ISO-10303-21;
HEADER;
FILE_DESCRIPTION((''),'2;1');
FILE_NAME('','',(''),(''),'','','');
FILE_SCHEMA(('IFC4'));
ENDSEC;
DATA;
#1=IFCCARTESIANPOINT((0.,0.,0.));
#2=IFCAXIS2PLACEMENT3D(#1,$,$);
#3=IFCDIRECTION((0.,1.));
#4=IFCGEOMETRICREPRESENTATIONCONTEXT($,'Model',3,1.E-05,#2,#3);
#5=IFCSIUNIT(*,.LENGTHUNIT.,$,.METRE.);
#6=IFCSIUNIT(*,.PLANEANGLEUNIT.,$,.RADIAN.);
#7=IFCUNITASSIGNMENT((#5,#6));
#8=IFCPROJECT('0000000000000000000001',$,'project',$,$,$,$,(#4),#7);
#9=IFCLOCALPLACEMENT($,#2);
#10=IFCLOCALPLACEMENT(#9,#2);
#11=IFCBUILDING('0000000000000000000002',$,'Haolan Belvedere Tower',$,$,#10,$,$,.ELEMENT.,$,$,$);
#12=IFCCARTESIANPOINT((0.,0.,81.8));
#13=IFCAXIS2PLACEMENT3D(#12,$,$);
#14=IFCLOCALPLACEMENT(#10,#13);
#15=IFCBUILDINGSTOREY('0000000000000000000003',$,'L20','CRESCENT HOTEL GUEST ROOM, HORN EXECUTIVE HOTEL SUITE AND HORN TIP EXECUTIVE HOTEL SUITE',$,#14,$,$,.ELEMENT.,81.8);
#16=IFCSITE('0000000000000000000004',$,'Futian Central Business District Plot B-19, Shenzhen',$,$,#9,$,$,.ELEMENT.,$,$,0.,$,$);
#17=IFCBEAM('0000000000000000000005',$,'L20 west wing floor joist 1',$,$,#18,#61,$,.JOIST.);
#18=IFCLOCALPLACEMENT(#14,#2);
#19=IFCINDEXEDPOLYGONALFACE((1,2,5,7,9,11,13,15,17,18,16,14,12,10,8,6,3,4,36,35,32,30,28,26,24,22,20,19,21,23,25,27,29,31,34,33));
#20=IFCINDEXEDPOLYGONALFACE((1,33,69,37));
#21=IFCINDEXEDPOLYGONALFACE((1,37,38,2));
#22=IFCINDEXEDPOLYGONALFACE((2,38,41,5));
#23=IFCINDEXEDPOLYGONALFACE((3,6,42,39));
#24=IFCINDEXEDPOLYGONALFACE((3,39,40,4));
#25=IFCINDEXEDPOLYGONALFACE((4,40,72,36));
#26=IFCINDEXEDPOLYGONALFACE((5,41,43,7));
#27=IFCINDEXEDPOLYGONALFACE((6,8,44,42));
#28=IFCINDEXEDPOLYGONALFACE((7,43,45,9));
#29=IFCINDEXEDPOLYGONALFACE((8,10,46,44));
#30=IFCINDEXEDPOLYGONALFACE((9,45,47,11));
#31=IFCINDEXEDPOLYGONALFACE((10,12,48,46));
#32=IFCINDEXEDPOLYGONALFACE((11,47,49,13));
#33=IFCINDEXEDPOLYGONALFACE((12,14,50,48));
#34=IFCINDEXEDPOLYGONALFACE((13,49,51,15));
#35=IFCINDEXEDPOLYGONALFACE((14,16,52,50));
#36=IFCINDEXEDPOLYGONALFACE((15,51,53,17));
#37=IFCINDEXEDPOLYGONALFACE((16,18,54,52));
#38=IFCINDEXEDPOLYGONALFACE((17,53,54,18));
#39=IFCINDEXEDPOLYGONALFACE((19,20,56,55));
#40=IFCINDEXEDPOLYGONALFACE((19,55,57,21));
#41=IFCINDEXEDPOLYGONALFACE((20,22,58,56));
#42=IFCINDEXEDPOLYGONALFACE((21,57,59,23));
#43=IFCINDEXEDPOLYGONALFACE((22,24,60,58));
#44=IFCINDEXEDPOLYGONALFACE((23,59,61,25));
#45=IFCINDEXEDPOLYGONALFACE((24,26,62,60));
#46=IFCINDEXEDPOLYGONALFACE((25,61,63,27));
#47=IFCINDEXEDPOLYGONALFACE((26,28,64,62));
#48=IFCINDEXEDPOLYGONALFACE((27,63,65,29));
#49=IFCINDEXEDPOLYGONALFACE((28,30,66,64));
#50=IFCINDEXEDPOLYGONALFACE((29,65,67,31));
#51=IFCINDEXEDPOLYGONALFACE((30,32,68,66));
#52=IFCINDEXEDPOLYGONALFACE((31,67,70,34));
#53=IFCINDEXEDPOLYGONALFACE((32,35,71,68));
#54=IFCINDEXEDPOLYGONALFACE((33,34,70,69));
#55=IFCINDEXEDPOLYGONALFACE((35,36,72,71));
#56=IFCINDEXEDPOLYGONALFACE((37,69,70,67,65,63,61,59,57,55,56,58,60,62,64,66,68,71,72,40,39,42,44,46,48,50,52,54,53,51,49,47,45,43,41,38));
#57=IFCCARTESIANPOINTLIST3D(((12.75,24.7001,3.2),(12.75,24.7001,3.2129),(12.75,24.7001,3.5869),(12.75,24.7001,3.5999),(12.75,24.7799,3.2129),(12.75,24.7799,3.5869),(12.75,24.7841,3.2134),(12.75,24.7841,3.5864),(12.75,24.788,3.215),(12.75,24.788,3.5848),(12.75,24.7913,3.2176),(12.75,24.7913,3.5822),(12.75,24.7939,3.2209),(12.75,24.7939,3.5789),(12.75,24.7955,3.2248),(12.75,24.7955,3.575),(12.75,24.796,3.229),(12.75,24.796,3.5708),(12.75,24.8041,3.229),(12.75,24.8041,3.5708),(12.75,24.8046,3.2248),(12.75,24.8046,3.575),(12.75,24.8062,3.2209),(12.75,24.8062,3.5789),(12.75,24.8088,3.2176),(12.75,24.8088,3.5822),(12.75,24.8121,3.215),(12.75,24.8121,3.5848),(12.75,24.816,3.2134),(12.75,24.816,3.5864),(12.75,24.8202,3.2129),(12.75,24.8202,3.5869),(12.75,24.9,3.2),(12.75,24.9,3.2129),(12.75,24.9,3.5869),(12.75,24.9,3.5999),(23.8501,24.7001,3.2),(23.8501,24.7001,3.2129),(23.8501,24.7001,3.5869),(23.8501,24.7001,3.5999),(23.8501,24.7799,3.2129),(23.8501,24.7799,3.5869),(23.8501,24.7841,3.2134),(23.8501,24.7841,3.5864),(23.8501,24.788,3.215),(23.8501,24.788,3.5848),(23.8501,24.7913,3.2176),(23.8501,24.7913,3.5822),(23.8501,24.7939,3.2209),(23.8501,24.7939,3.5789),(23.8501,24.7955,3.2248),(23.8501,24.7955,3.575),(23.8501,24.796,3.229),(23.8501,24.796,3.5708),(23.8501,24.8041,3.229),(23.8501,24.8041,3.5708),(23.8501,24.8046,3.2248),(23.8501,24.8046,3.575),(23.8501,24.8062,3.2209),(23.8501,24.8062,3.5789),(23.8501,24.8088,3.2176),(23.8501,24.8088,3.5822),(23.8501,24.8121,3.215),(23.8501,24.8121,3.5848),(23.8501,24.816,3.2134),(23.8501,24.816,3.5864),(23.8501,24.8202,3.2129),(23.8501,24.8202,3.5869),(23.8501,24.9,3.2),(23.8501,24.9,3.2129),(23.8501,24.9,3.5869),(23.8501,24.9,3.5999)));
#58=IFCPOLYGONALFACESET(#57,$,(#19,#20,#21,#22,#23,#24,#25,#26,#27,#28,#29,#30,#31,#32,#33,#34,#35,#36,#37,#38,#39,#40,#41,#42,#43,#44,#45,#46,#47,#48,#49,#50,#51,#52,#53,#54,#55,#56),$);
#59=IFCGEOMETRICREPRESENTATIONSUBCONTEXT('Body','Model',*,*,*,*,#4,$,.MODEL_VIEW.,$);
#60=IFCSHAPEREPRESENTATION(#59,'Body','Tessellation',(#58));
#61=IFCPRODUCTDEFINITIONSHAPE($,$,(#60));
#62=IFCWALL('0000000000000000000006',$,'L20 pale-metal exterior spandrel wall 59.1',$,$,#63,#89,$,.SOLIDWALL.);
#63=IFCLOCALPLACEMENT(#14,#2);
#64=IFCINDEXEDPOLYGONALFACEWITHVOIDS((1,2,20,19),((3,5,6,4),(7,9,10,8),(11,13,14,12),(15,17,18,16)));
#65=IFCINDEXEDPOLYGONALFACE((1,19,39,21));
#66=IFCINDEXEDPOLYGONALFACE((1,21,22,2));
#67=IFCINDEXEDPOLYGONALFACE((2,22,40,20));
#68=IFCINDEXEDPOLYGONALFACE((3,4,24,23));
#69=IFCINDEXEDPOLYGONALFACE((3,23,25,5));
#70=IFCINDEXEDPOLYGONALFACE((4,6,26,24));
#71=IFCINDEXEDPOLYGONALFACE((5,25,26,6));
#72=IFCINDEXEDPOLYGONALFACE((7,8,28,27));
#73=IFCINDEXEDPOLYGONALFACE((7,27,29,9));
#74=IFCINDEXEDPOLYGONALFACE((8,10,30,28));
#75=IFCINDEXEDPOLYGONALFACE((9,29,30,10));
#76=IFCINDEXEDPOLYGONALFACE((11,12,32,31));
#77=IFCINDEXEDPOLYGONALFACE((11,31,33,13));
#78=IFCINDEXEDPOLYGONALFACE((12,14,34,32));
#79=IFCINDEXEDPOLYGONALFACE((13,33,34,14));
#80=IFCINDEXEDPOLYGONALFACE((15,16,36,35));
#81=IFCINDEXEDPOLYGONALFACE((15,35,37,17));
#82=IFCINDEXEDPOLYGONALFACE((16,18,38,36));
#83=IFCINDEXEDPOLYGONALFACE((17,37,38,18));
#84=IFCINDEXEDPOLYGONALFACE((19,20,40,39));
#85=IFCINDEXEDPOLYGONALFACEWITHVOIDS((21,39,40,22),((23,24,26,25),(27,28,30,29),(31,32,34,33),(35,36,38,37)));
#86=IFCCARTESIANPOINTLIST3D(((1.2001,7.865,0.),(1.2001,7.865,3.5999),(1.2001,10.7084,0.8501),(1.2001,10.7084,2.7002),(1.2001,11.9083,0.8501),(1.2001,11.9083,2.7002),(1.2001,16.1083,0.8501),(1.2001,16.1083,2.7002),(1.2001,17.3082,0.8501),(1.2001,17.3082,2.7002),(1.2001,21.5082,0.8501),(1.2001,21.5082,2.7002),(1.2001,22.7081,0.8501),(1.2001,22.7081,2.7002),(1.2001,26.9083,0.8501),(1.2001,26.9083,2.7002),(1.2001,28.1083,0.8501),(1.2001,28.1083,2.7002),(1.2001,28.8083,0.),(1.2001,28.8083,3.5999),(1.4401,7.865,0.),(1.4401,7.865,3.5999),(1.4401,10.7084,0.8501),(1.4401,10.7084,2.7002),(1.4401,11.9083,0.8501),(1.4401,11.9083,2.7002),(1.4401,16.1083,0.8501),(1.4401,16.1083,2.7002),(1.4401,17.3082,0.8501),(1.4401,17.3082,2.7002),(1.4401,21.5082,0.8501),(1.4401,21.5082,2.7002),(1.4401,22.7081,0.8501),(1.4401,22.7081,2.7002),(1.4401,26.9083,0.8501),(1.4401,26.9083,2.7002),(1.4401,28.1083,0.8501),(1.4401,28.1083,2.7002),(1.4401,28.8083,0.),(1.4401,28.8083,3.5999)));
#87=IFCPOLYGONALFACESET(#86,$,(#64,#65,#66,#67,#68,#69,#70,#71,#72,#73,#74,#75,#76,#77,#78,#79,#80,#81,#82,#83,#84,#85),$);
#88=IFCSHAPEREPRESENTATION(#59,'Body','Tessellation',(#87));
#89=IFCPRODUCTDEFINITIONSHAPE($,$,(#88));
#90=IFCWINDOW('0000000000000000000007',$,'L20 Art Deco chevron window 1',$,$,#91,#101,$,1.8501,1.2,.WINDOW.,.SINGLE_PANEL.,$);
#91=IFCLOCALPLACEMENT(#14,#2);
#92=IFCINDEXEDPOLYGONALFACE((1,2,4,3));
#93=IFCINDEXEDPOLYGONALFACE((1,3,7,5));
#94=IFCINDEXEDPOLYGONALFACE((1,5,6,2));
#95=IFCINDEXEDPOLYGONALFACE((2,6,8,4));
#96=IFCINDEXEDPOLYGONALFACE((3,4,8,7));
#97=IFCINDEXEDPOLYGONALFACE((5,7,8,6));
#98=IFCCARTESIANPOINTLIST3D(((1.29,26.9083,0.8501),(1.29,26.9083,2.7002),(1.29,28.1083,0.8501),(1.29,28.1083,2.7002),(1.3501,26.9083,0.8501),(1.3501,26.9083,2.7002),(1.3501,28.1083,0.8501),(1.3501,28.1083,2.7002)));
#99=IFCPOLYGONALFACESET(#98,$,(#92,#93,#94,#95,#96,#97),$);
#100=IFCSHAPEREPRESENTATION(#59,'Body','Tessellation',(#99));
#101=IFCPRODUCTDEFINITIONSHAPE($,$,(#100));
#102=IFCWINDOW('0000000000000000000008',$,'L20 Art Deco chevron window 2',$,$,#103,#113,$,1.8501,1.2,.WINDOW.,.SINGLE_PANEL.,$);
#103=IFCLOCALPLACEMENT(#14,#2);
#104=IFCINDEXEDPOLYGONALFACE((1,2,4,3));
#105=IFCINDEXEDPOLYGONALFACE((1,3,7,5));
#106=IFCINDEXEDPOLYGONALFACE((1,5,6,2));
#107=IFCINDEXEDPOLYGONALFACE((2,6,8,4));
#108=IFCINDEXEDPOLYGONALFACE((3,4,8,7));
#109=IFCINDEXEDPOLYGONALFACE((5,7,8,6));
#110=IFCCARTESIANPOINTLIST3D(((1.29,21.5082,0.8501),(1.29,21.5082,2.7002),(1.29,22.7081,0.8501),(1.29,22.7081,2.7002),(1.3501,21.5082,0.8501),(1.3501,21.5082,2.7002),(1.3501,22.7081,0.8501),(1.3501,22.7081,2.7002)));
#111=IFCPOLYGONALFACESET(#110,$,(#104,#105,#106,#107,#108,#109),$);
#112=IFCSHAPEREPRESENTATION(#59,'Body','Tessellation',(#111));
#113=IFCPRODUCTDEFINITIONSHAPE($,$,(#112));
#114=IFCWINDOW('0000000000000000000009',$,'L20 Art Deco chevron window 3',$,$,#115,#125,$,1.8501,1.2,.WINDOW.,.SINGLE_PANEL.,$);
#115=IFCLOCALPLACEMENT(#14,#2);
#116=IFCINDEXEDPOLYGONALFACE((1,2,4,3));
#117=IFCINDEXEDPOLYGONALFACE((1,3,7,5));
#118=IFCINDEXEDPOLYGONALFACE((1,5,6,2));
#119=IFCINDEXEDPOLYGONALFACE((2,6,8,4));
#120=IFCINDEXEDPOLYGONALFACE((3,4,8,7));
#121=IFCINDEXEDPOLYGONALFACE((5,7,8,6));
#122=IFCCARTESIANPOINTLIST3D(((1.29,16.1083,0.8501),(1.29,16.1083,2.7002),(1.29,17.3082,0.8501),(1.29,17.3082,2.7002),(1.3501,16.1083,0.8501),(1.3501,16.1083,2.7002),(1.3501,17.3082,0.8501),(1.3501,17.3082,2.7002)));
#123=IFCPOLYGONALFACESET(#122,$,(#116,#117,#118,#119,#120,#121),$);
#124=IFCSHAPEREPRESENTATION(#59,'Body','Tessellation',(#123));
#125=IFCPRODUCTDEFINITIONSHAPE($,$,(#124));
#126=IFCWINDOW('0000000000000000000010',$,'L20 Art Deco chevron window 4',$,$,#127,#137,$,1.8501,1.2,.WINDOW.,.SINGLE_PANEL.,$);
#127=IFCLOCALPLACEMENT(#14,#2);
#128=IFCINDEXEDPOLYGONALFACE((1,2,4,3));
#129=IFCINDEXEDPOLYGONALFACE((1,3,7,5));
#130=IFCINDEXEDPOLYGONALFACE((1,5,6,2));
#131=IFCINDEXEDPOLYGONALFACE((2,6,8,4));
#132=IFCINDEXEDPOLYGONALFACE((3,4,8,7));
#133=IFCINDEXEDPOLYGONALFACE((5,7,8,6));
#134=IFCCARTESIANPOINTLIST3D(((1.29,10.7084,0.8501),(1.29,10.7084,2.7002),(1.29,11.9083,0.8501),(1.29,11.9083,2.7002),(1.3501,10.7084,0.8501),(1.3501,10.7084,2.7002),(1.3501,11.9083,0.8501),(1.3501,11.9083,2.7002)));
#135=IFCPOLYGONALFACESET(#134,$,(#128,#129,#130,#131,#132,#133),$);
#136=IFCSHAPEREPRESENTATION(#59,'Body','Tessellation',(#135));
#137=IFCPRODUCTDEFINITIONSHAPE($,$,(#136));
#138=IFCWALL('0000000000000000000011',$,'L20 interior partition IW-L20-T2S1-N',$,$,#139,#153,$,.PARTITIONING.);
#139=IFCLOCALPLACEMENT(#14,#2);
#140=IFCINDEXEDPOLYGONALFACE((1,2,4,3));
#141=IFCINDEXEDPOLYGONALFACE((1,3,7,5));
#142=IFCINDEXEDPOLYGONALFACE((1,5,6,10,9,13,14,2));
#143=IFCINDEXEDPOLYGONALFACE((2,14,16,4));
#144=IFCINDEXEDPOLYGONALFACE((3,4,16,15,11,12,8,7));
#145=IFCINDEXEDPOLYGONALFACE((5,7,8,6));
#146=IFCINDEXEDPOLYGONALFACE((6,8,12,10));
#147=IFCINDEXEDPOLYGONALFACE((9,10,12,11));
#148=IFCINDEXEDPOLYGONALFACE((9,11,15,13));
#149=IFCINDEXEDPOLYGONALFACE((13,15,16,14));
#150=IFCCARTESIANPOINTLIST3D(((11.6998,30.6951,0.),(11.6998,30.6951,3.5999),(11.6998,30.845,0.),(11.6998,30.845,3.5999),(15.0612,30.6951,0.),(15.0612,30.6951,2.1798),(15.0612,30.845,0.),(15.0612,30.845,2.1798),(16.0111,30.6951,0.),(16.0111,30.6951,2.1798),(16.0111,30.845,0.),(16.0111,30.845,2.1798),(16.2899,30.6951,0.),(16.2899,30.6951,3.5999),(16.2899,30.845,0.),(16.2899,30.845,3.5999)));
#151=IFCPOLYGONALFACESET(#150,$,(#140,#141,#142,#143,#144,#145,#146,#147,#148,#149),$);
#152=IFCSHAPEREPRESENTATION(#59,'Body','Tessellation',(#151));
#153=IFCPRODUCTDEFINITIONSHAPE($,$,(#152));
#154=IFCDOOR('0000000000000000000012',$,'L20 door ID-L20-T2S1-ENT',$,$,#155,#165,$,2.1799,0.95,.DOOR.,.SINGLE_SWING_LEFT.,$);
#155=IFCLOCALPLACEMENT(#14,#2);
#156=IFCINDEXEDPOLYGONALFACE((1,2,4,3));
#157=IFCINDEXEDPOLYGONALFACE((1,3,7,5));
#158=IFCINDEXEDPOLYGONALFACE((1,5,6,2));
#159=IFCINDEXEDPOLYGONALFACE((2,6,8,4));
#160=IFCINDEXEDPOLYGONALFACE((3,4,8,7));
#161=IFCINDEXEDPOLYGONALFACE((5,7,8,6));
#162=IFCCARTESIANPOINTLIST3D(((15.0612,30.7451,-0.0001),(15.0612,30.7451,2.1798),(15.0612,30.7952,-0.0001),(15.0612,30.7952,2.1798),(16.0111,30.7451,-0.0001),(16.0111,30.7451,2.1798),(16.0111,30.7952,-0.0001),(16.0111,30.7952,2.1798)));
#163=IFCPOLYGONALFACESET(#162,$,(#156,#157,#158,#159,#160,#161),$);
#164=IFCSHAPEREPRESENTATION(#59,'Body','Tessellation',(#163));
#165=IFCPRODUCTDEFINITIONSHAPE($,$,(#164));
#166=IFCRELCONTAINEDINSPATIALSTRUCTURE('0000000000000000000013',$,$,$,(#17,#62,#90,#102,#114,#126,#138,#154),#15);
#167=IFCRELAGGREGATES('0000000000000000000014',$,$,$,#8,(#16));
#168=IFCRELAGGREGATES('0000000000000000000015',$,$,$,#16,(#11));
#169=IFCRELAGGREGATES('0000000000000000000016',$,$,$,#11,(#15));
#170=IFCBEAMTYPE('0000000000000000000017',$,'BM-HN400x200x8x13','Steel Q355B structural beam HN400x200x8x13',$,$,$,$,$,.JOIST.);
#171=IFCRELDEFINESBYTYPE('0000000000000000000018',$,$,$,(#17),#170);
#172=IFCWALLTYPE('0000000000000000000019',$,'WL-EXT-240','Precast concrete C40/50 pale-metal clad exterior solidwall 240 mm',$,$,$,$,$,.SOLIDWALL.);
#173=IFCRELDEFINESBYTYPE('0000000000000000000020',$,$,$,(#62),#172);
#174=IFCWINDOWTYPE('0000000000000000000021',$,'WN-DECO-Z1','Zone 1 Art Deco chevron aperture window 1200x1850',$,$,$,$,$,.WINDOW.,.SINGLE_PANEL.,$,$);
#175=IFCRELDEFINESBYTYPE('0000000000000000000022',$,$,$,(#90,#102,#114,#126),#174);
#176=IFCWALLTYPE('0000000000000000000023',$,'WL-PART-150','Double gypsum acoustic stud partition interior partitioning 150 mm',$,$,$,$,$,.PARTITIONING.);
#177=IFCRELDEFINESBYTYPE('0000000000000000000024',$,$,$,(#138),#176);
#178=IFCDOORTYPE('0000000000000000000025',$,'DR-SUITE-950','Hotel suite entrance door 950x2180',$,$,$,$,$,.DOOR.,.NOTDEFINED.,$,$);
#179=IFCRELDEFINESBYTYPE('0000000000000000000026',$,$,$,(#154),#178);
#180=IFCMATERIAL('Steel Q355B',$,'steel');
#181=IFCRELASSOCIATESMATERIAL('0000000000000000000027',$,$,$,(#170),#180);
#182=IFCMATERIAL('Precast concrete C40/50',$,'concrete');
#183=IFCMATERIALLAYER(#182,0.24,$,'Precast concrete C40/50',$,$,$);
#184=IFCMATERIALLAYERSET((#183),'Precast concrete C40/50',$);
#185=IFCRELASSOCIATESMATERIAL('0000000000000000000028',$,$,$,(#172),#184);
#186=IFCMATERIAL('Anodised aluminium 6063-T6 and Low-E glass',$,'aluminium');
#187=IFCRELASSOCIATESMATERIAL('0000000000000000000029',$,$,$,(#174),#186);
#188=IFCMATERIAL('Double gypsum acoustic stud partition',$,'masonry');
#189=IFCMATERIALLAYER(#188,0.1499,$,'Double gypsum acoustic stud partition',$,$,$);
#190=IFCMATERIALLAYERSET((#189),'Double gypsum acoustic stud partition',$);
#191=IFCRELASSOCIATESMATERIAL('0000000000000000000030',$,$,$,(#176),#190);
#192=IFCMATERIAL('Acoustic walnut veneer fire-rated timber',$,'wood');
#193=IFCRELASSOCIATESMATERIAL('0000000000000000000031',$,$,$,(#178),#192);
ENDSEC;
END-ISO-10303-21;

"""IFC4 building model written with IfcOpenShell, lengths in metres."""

from ifc_helpers import new_model, si_unit, direction, frame, frame_2d, origin, origin_2d, place, context, subcontext, project, spatial, rectangle, i_section, extrude, material, layer, layer_set, material_profile, profile_set, type_object, element, fill, save


model = new_model("IFC4")

# Units and contexts
model_context = context("Model", 3, precision=1e-05, world=origin(), true_north=direction((0.0, 1.0)))
body_context = subcontext(model_context, "Body", "Model", "MODEL_VIEW")
ifc_project = project(units=[si_unit("LENGTHUNIT", "METRE"), si_unit("PLANEANGLEUNIT", "RADIAN")], contexts=[model_context])

# Site, building, storey
site_placement = place(None, origin())
site = spatial("IfcSite", under=ifc_project, at=site_placement, Name="Futian Central Business District Plot B-19, Shenzhen", CompositionType="ELEMENT", RefElevation=0.0)
building_placement = place(site_placement, origin())
building = spatial("IfcBuilding", under=site, at=building_placement, Name="Haolan Belvedere Tower", CompositionType="ELEMENT")
storey_placement = place(building_placement, frame((0.0, 0.0, 81.8)))
storey = spatial("IfcBuildingStorey", under=building, at=storey_placement, Name="L20", Description="CRESCENT HOTEL GUEST ROOM, HORN EXECUTIVE HOTEL SUITE AND HORN TIP EXECUTIVE HOTEL SUITE", CompositionType="ELEMENT", Elevation=81.8)

# Shared definitions
ifc_material_1 = material(Name="Steel Q355B", Category="steel")

# Beam
ifc_material_profile_1 = material_profile(ifc_material_1, i_section(OverallWidth=0.2, OverallDepth=0.3999, WebThickness=0.0081, FlangeThickness=0.0129, FilletRadius=0.0161, at=origin_2d()), Name="Steel Q355B")
ifc_profile_set_1 = profile_set([ifc_material_profile_1], Name="Steel Q355B")
beam_type_1 = type_object("IfcBeamType", Name="BM-HN400x200x8x13", Description="Steel Q355B structural beam HN400x200x8x13", PredefinedType="JOIST", material=ifc_profile_set_1)
beam_1_placement = place(storey_placement, frame((12.75, 24.8, 3.3999), z_axis=(1.0, 0.0, 0.0), x_axis=(0.0, 1.0, 0.0)))
element("IfcBeam", 1, at=beam_1_placement, inside=storey, type_object=beam_type_1, Name="L20 west wing floor joist 1", PredefinedType="JOIST", context=body_context, shape_type="SweptSolid", body=[
    extrude(i_section(OverallWidth=0.2, OverallDepth=0.3999, WebThickness=0.0081, FlangeThickness=0.0129, FilletRadius=0.0161, at=origin_2d()), origin(), (0.0, 0.0, 1.0), 11.1001),
])

# Wall, openings, windows
ifc_material_2 = material(Name="Precast concrete C40/50", Category="concrete")
ifc_layer_1 = layer(ifc_material_2, 0.24, Name="Precast concrete C40/50")
ifc_layer_set_1 = layer_set([ifc_layer_1], Name="Precast concrete C40/50")
wall_type_1 = type_object("IfcWallType", Name="WL-EXT-240", Description="Precast concrete C40/50 pale-metal clad exterior solidwall 240 mm", PredefinedType="SOLIDWALL", material=ifc_layer_set_1)
wall_1_placement = place(storey_placement, frame((1.3201, 28.8083, 0.0), z_axis=(0.0, 0.0, 1.0), x_axis=(0.0, -1.0, 0.0)))
wall_1 = element("IfcWall", 2, at=wall_1_placement, inside=storey, type_object=wall_type_1, Name="L20 pale-metal exterior spandrel wall 59.1", PredefinedType="SOLIDWALL", context=body_context, shape_type="SweptSolid", body=[
    extrude(rectangle(XDim=20.9434, YDim=0.24, at=frame_2d((10.4717, 0.0))), origin(), (0.0, 0.0, 1.0), 3.5999),
])
opening_1_placement = place(wall_1_placement, frame((0.7, 0.0, 0.8501)))
opening_1 = element("IfcOpeningElement", 3, at=opening_1_placement, cuts=wall_1, PredefinedType="OPENING", context=body_context, shape_type="SweptSolid", body=[
    extrude(rectangle(XDim=1.2, YDim=1.8501, at=frame_2d((0.6001, 0.925))), frame((0.0, 0.1299, 0.0), z_axis=(0.0, -1.0, 0.0), x_axis=(1.0, 0.0, 0.0)), (0.0, 0.0, 1.0), 0.26),
])
opening_2_placement = place(wall_1_placement, frame((6.1001, 0.0, 0.8501)))
opening_2 = element("IfcOpeningElement", 4, at=opening_2_placement, cuts=wall_1, PredefinedType="OPENING", context=body_context, shape_type="SweptSolid", body=[
    extrude(rectangle(XDim=1.2, YDim=1.8501, at=frame_2d((0.6001, 0.925))), frame((0.0, 0.1299, 0.0), z_axis=(0.0, -1.0, 0.0), x_axis=(1.0, 0.0, 0.0)), (0.0, 0.0, 1.0), 0.26),
])
opening_3_placement = place(wall_1_placement, frame((11.5, 0.0, 0.8501)))
opening_3 = element("IfcOpeningElement", 5, at=opening_3_placement, cuts=wall_1, PredefinedType="OPENING", context=body_context, shape_type="SweptSolid", body=[
    extrude(rectangle(XDim=1.2, YDim=1.8501, at=frame_2d((0.6001, 0.925))), frame((0.0, 0.1299, 0.0), z_axis=(0.0, -1.0, 0.0), x_axis=(1.0, 0.0, 0.0)), (0.0, 0.0, 1.0), 0.26),
])
opening_4_placement = place(wall_1_placement, frame((16.8999, 0.0, 0.8501)))
opening_4 = element("IfcOpeningElement", 6, at=opening_4_placement, cuts=wall_1, PredefinedType="OPENING", context=body_context, shape_type="SweptSolid", body=[
    extrude(rectangle(XDim=1.2, YDim=1.8501, at=frame_2d((0.6001, 0.925))), frame((0.0, 0.1299, 0.0), z_axis=(0.0, -1.0, 0.0), x_axis=(1.0, 0.0, 0.0)), (0.0, 0.0, 1.0), 0.26),
])
ifc_material_3 = material(Name="Anodised aluminium 6063-T6 and Low-E glass", Category="aluminium")
window_type = type_object("IfcWindowType", Name="WN-DECO-Z1", Description="Zone 1 Art Deco chevron aperture window 1200x1850", PartitioningType="SINGLE_PANEL", PredefinedType="WINDOW", material=ifc_material_3)
window_1_placement = place(opening_1_placement, origin())
window_1 = element("IfcWindow", 7, at=window_1_placement, inside=storey, type_object=window_type, Name="L20 Art Deco chevron window 1", OverallHeight=1.8501, OverallWidth=1.2, PartitioningType="SINGLE_PANEL", PredefinedType="WINDOW", context=body_context, shape_type="SweptSolid", body=[
    extrude(rectangle(XDim=1.2, YDim=1.8501, at=frame_2d((0.6001, 0.925))), frame((0.0, 0.03, 0.0), z_axis=(0.0, -1.0, 0.0), x_axis=(1.0, 0.0, 0.0)), (0.0, 0.0, 1.0), 0.0601),
])
fill(opening_1, window_1)
window_2_placement = place(opening_2_placement, origin())
window_2 = element("IfcWindow", 8, at=window_2_placement, inside=storey, type_object=window_type, Name="L20 Art Deco chevron window 2", OverallHeight=1.8501, OverallWidth=1.2, PartitioningType="SINGLE_PANEL", PredefinedType="WINDOW", context=body_context, shape_type="SweptSolid", body=[
    extrude(rectangle(XDim=1.2, YDim=1.8501, at=frame_2d((0.6001, 0.925))), frame((0.0, 0.03, 0.0), z_axis=(0.0, -1.0, 0.0), x_axis=(1.0, 0.0, 0.0)), (0.0, 0.0, 1.0), 0.0601),
])
fill(opening_2, window_2)
window_3_placement = place(opening_3_placement, origin())
window_3 = element("IfcWindow", 9, at=window_3_placement, inside=storey, type_object=window_type, Name="L20 Art Deco chevron window 3", OverallHeight=1.8501, OverallWidth=1.2, PartitioningType="SINGLE_PANEL", PredefinedType="WINDOW", context=body_context, shape_type="SweptSolid", body=[
    extrude(rectangle(XDim=1.2, YDim=1.8501, at=frame_2d((0.6001, 0.925))), frame((0.0, 0.03, 0.0), z_axis=(0.0, -1.0, 0.0), x_axis=(1.0, 0.0, 0.0)), (0.0, 0.0, 1.0), 0.0601),
])
fill(opening_3, window_3)
window_4_placement = place(opening_4_placement, origin())
window_4 = element("IfcWindow", 10, at=window_4_placement, inside=storey, type_object=window_type, Name="L20 Art Deco chevron window 4", OverallHeight=1.8501, OverallWidth=1.2, PartitioningType="SINGLE_PANEL", PredefinedType="WINDOW", context=body_context, shape_type="SweptSolid", body=[
    extrude(rectangle(XDim=1.2, YDim=1.8501, at=frame_2d((0.6001, 0.925))), frame((0.0, 0.03, 0.0), z_axis=(0.0, -1.0, 0.0), x_axis=(1.0, 0.0, 0.0)), (0.0, 0.0, 1.0), 0.0601),
])
fill(opening_4, window_4)

# Wall, opening, door
ifc_material_4 = material(Name="Double gypsum acoustic stud partition", Category="masonry")
ifc_layer_2 = layer(ifc_material_4, 0.1499, Name="Double gypsum acoustic stud partition")
ifc_layer_set_2 = layer_set([ifc_layer_2], Name="Double gypsum acoustic stud partition")
wall_type_2 = type_object("IfcWallType", Name="WL-PART-150", Description="Double gypsum acoustic stud partition interior partitioning 150 mm", PredefinedType="PARTITIONING", material=ifc_layer_set_2)
wall_2_placement = place(storey_placement, frame((11.7, 30.77, 0.0), z_axis=(0.0, 0.0, 1.0), x_axis=(1.0, 0.0, 0.0)))
wall_2 = element("IfcWall", 11, at=wall_2_placement, inside=storey, type_object=wall_type_2, Name="L20 interior partition IW-L20-T2S1-N", PredefinedType="PARTITIONING", context=body_context, shape_type="SweptSolid", body=[
    extrude(rectangle(XDim=4.5901, YDim=0.1499, at=frame_2d((2.2949, 0.0))), origin(), (0.0, 0.0, 1.0), 3.5999),
])
opening_5_placement = place(wall_2_placement, frame((4.3113, 0.0, 0.0), z_axis=(0.0, 0.0, 1.0), x_axis=(-1.0, 0.0, 0.0)))
opening_5 = element("IfcOpeningElement", 12, at=opening_5_placement, cuts=wall_2, PredefinedType="OPENING", context=body_context, shape_type="SweptSolid", body=[
    extrude(rectangle(XDim=0.95, YDim=2.1799, at=frame_2d((0.4751, 1.0898))), frame((0.0, 0.085, 0.0), z_axis=(0.0, -1.0, 0.0), x_axis=(1.0, 0.0, 0.0)), (0.0, 0.0, 1.0), 0.1699),
])
ifc_material_5 = material(Name="Acoustic walnut veneer fire-rated timber", Category="wood")
door_type_1 = type_object("IfcDoorType", Name="DR-SUITE-950", Description="Hotel suite entrance door 950x2180", OperationType="NOTDEFINED", PredefinedType="DOOR", material=ifc_material_5)
door_1_placement = place(opening_5_placement, origin())
door_1 = element("IfcDoor", 13, at=door_1_placement, inside=storey, type_object=door_type_1, Name="L20 door ID-L20-T2S1-ENT", OperationType="SINGLE_SWING_LEFT", OverallHeight=2.1799, OverallWidth=0.95, PredefinedType="DOOR", context=body_context, shape_type="SweptSolid", body=[
    extrude(rectangle(XDim=0.95, YDim=2.1799, at=frame_2d((0.4751, 1.0898))), frame((0.0, 0.0249, 0.0), z_axis=(0.0, -1.0, 0.0), x_axis=(1.0, 0.0, 0.0)), (0.0, 0.0, 1.0), 0.05),
])
fill(opening_5, door_1)

save(model, "model.ifc")
